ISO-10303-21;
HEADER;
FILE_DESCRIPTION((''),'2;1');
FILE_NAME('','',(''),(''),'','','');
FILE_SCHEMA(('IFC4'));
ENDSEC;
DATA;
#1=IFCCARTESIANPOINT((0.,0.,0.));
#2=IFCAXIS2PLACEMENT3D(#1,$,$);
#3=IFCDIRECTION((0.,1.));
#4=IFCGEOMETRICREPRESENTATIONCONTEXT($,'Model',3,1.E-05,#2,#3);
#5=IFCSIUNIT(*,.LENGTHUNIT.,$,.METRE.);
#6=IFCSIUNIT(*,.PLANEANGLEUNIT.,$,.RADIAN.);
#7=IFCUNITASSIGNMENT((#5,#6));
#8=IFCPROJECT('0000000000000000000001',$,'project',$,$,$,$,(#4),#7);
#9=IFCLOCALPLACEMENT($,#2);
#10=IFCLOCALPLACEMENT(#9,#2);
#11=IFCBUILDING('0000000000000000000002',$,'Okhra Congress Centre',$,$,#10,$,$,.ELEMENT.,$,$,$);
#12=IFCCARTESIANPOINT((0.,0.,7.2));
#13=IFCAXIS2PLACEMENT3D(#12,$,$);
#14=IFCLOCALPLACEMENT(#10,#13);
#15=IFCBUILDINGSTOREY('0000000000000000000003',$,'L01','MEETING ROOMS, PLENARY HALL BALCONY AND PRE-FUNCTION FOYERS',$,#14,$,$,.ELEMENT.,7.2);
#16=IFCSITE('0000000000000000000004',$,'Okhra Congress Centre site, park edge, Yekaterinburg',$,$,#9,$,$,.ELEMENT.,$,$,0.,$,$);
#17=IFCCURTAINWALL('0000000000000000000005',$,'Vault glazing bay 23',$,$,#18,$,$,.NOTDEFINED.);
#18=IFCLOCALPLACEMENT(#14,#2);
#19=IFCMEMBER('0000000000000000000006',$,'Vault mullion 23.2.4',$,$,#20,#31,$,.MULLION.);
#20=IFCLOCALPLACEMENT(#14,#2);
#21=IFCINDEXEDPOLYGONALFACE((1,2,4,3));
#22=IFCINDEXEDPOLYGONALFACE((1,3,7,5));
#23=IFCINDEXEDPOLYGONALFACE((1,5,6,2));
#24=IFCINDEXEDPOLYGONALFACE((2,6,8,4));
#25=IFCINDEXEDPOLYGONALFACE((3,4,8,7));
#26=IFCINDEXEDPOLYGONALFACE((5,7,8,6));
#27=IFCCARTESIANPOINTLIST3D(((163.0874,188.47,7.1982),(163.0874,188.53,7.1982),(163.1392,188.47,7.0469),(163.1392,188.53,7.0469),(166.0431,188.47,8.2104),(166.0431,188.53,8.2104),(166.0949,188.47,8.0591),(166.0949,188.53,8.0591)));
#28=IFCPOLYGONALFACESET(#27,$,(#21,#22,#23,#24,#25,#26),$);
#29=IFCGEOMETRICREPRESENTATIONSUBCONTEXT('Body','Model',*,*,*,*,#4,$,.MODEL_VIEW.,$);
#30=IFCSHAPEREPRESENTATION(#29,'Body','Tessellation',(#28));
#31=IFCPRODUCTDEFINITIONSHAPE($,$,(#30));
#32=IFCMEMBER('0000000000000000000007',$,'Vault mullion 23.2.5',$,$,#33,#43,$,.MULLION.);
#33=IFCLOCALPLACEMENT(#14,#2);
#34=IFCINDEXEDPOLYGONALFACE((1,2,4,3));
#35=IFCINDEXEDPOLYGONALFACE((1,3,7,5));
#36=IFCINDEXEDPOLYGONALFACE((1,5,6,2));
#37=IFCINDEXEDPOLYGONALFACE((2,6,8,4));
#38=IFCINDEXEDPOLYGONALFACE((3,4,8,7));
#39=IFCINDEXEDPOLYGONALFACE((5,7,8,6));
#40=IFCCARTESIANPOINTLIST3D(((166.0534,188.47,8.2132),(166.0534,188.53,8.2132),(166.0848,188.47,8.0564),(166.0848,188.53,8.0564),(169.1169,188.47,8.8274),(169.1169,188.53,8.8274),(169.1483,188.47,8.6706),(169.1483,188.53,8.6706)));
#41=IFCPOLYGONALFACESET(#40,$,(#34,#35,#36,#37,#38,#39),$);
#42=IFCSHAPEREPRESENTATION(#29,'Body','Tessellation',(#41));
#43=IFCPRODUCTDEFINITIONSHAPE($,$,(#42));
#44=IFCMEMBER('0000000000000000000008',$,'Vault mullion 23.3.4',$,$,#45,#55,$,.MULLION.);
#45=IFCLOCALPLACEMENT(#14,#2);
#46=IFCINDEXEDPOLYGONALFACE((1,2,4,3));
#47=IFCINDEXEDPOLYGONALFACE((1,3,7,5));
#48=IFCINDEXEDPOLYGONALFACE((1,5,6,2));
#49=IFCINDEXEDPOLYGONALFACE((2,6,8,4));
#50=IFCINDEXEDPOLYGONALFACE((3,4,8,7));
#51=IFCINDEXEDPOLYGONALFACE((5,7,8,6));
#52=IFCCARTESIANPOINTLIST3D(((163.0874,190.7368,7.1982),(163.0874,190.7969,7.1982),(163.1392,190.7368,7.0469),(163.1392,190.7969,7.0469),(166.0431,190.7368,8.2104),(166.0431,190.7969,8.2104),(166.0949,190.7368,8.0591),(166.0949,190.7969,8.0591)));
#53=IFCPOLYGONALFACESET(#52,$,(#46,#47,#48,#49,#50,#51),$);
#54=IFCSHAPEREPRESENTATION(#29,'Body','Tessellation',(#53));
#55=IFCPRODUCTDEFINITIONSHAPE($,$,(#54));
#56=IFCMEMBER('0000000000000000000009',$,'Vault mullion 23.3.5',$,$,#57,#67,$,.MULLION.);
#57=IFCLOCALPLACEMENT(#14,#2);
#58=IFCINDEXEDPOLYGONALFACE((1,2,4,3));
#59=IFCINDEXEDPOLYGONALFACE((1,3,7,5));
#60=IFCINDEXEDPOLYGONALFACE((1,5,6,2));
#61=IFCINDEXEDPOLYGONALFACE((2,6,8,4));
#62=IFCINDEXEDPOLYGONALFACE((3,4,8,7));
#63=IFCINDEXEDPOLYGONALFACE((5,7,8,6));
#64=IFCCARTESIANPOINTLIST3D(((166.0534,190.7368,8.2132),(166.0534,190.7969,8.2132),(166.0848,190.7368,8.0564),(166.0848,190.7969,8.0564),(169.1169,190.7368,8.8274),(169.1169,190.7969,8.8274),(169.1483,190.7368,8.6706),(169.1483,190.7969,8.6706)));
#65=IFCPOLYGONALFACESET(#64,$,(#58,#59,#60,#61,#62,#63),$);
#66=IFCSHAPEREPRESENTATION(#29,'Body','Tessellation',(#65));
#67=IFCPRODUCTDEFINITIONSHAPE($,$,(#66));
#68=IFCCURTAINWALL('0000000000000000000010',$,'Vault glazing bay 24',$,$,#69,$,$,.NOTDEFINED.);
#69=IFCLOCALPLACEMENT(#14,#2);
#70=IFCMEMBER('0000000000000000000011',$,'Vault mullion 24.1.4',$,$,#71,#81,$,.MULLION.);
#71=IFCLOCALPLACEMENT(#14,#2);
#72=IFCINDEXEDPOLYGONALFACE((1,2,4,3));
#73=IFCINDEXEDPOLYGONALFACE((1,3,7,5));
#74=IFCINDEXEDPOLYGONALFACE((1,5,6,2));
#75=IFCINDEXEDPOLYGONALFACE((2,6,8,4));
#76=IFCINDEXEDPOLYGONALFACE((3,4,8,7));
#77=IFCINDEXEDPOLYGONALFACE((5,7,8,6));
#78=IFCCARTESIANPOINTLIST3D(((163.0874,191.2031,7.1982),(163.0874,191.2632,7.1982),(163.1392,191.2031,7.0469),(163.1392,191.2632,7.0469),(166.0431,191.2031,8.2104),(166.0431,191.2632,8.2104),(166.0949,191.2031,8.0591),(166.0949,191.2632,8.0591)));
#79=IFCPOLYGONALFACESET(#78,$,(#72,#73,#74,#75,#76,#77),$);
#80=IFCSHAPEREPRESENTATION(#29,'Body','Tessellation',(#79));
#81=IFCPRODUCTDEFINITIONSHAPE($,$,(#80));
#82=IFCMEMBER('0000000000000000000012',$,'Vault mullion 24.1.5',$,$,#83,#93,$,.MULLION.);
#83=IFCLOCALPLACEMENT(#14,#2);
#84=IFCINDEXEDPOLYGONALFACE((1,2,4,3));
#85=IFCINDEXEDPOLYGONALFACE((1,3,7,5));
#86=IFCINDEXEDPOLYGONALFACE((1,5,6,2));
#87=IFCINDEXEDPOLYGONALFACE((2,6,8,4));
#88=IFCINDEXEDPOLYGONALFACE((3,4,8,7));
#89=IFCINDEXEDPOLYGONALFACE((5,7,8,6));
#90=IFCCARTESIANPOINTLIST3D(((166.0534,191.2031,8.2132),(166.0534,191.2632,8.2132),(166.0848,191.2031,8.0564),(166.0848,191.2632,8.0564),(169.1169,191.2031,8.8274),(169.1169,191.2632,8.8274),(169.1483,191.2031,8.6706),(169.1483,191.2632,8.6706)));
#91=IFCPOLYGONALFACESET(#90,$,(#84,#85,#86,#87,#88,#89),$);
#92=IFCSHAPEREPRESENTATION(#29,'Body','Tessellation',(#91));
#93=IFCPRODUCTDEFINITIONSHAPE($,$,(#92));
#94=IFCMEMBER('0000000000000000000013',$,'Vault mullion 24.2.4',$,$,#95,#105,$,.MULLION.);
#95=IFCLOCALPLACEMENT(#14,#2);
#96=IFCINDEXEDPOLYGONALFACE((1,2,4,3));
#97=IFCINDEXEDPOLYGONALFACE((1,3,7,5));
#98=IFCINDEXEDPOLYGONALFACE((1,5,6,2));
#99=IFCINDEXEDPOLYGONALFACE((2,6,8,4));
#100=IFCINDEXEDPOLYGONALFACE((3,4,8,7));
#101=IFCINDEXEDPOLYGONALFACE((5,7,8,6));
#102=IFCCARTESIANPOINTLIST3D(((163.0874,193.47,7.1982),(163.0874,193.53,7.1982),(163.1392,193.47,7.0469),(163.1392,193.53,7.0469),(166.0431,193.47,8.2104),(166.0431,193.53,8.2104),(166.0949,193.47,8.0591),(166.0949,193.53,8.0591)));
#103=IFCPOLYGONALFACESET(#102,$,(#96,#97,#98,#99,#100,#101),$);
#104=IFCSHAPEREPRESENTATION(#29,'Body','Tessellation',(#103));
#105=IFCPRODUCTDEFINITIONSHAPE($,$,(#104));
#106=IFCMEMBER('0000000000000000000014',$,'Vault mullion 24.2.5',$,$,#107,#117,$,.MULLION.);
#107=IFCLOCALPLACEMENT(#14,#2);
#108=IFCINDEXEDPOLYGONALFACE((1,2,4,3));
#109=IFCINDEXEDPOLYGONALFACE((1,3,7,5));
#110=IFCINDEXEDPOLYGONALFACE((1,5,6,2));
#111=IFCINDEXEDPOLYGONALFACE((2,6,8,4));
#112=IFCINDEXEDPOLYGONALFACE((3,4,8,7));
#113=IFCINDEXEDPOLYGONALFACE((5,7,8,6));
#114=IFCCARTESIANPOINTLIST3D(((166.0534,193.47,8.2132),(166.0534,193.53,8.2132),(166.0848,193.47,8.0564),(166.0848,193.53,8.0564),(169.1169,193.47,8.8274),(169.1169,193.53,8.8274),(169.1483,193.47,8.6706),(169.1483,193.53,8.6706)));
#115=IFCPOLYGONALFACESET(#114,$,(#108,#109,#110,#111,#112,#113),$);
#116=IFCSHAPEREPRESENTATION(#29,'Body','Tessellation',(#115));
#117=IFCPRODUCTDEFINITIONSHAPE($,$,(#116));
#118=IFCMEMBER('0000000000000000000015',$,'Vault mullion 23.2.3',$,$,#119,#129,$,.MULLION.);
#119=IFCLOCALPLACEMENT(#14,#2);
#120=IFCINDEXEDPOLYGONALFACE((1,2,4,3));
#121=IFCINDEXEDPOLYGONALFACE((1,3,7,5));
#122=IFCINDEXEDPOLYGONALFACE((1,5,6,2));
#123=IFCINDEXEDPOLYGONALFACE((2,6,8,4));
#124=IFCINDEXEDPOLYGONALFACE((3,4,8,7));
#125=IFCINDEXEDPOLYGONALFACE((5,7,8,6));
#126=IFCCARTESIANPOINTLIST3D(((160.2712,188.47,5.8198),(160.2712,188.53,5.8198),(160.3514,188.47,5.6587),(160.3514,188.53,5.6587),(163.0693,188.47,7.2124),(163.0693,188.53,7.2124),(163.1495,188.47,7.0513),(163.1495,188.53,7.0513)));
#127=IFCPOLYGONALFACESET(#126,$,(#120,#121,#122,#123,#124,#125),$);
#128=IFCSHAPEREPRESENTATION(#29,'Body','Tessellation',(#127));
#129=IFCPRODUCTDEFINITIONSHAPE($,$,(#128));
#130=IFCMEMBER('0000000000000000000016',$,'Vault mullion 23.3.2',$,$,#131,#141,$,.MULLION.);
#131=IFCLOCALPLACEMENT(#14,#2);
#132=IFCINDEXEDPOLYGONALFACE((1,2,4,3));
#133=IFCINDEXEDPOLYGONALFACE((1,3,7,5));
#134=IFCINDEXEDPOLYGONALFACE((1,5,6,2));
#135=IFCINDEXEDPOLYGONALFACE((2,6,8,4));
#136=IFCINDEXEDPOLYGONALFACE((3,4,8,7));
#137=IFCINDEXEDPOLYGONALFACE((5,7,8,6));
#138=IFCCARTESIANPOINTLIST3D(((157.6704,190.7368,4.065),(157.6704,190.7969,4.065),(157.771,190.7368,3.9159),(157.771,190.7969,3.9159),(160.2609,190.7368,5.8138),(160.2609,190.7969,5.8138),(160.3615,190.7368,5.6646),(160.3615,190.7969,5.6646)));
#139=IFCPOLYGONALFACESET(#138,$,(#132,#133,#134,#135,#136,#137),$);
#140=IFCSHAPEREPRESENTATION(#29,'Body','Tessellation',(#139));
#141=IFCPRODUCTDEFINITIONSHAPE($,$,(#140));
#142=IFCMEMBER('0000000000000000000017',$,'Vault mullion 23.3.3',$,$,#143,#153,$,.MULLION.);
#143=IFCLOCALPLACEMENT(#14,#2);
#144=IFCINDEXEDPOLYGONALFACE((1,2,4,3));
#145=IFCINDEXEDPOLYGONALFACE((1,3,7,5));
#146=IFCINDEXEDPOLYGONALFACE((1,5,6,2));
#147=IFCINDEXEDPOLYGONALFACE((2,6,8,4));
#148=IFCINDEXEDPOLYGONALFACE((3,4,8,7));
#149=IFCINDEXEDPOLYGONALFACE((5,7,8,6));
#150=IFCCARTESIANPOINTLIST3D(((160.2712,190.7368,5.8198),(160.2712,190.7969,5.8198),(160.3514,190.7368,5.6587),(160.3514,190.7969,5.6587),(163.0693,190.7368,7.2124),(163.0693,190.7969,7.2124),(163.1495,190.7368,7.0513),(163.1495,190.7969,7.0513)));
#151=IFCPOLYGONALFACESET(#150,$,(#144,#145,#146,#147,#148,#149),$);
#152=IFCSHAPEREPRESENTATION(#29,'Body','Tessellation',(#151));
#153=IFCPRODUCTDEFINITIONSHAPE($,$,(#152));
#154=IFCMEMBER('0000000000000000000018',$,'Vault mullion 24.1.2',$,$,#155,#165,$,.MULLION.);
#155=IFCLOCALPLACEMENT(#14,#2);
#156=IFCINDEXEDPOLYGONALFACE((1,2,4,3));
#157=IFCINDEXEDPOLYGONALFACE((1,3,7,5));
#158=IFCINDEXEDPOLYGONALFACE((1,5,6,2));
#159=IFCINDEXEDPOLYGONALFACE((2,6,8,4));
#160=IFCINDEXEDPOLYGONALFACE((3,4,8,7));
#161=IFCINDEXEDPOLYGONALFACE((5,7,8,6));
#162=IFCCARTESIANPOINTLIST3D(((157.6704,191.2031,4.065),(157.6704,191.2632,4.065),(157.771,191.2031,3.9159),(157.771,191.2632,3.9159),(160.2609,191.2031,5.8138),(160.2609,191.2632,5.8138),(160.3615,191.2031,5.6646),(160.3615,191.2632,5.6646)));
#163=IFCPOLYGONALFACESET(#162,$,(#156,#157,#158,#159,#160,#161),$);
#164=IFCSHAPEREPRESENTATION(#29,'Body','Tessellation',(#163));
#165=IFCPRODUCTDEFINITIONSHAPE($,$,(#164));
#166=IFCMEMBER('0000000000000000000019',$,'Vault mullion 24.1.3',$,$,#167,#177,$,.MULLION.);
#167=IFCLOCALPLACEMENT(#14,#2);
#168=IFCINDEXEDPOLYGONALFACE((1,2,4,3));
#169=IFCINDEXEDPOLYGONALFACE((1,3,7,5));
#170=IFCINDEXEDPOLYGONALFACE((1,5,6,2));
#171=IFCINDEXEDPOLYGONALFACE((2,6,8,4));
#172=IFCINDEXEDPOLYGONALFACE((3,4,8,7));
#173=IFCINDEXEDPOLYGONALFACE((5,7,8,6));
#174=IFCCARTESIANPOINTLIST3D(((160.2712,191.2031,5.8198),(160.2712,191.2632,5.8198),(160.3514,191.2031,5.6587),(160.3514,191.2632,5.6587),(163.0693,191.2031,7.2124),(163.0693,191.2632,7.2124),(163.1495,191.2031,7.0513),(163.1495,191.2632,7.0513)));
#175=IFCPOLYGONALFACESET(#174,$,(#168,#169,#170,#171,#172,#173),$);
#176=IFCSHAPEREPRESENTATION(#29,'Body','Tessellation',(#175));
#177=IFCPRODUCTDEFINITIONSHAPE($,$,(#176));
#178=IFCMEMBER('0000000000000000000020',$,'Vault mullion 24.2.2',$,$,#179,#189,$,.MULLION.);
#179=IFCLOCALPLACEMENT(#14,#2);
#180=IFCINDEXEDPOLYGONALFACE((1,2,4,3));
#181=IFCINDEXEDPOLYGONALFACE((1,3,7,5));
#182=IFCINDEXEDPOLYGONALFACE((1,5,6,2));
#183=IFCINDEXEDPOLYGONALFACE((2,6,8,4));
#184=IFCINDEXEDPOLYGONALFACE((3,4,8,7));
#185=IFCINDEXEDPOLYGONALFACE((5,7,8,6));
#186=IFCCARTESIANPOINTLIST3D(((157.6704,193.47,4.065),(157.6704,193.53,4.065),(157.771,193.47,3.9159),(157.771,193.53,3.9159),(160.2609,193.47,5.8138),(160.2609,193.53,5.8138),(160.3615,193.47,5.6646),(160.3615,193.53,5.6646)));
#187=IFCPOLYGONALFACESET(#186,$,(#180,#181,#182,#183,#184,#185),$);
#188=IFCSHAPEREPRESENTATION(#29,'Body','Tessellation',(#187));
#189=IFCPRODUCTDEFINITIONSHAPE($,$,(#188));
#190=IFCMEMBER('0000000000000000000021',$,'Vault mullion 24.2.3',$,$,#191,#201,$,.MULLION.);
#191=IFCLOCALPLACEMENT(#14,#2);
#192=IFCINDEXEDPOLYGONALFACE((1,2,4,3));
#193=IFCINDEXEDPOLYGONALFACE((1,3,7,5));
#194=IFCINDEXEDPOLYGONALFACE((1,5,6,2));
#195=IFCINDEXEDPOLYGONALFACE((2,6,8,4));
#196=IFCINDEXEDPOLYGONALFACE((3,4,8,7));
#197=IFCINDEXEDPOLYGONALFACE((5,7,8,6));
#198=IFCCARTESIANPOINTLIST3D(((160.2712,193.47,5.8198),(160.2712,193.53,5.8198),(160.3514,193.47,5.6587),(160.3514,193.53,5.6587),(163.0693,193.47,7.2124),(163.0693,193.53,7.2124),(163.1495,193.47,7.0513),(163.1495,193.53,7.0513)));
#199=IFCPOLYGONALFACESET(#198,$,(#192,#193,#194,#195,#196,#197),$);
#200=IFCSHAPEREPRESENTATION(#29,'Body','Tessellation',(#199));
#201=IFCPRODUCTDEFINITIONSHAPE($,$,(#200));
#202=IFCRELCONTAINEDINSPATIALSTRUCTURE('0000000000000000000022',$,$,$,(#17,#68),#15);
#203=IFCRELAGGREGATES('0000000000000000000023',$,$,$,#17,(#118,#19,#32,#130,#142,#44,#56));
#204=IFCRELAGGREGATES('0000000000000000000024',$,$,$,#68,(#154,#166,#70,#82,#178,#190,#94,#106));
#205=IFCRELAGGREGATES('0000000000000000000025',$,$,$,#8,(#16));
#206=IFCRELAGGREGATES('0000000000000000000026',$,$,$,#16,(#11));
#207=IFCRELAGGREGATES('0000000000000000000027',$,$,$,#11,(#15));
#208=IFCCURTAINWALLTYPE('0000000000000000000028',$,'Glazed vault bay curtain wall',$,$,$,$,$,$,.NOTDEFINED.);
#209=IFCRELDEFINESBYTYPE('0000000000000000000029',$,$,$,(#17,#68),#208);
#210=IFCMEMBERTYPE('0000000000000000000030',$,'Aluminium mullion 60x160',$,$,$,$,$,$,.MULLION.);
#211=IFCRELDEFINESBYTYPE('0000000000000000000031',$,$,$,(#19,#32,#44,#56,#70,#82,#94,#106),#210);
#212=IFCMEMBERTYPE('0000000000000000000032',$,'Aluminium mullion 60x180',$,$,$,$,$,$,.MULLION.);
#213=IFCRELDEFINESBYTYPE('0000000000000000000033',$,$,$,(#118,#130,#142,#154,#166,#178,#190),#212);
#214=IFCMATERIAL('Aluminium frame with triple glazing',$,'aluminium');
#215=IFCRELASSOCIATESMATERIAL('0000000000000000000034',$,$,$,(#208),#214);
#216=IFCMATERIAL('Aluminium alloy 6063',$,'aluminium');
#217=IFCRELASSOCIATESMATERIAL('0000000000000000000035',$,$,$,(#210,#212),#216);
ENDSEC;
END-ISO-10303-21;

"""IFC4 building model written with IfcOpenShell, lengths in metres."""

from ifc_helpers import new_model, si_unit, direction, frame, origin, origin_2d, place, context, subcontext, project, spatial, rectangle, extrude, material, material_profile, profile_set, type_object, element, aggregate, save


model = new_model("IFC4")

# Units and contexts
model_context = context("Model", 3, precision=1e-05, world=origin(), true_north=direction((0.0, 1.0)))
body_context = subcontext(model_context, "Body", "Model", "MODEL_VIEW")
ifc_project = project(units=[si_unit("LENGTHUNIT", "METRE"), si_unit("PLANEANGLEUNIT", "RADIAN")], contexts=[model_context])

# Site, building, storey
site_placement = place(None, origin())
site = spatial("IfcSite", under=ifc_project, at=site_placement, Name="Okhra Congress Centre site, park edge, Yekaterinburg", CompositionType="ELEMENT", RefElevation=0.0)
building_placement = place(site_placement, origin())
building = spatial("IfcBuilding", under=site, at=building_placement, Name="Okhra Congress Centre", CompositionType="ELEMENT")
storey_placement = place(building_placement, frame((0.0, 0.0, 7.2)))
storey = spatial("IfcBuildingStorey", under=building, at=storey_placement, Name="L01", Description="MEETING ROOMS, PLENARY HALL BALCONY AND PRE-FUNCTION FOYERS", CompositionType="ELEMENT", Elevation=7.2)

# Curtain walls, members
ifc_material_1 = material(Name="Aluminium frame with triple glazing", Category="aluminium")
curtain_wall_type = type_object("IfcCurtainWallType", Name="Glazed vault bay curtain wall", PredefinedType="NOTDEFINED", material=ifc_material_1)
curtain_wall_1_placement = place(storey_placement, origin())
curtain_wall_1 = element("IfcCurtainWall", 1, at=curtain_wall_1_placement, inside=storey, type_object=curtain_wall_type, Name="Vault glazing bay 23", PredefinedType="NOTDEFINED")
ifc_material_2 = material(Name="Aluminium alloy 6063", Category="aluminium")
ifc_material_profile_1 = material_profile(ifc_material_2, rectangle(XDim=0.0601, YDim=0.1599, at=origin_2d()), Name="AL 60x160")
ifc_profile_set_1 = profile_set([ifc_material_profile_1], Name="Aluminium alloy 6063")
member_type_1 = type_object("IfcMemberType", Name="Aluminium mullion 60x160", PredefinedType="MULLION", material=ifc_profile_set_1)
member_1_placement = place(storey_placement, frame((163.1133, 188.5, 7.1226), z_axis=(0.946065, 0.0, 0.323977), x_axis=(0.0, 1.0, 0.0)))
member_1 = element("IfcMember", 2, at=member_1_placement, type_object=member_type_1, Name="Vault mullion 23.2.4", PredefinedType="MULLION", context=body_context, shape_type="SweptSolid", body=[
    extrude(rectangle(XDim=0.0601, YDim=0.1599, at=origin_2d()), origin(), (0.0, 0.0, 1.0), 3.1243),
])
member_2_placement = place(storey_placement, frame((166.0691, 188.5, 8.1348), z_axis=(0.980484, 0.0, 0.196597), x_axis=(0.0, 1.0, 0.0)))
member_2 = element("IfcMember", 3, at=member_2_placement, type_object=member_type_1, Name="Vault mullion 23.2.5", PredefinedType="MULLION", context=body_context, shape_type="SweptSolid", body=[
    extrude(rectangle(XDim=0.0601, YDim=0.1599, at=origin_2d()), origin(), (0.0, 0.0, 1.0), 3.1245),
])
member_3_placement = place(storey_placement, frame((163.1133, 190.7668, 7.1226), z_axis=(0.946065, 0.0, 0.323977), x_axis=(0.0, 1.0, 0.0)))
member_3 = element("IfcMember", 4, at=member_3_placement, type_object=member_type_1, Name="Vault mullion 23.3.4", PredefinedType="MULLION", context=body_context, shape_type="SweptSolid", body=[
    extrude(rectangle(XDim=0.0601, YDim=0.1599, at=origin_2d()), origin(), (0.0, 0.0, 1.0), 3.1243),
])
member_4_placement = place(storey_placement, frame((166.0691, 190.7668, 8.1348), z_axis=(0.980484, 0.0, 0.196597), x_axis=(0.0, 1.0, 0.0)))
member_4 = element("IfcMember", 5, at=member_4_placement, type_object=member_type_1, Name="Vault mullion 23.3.5", PredefinedType="MULLION", context=body_context, shape_type="SweptSolid", body=[
    extrude(rectangle(XDim=0.0601, YDim=0.1599, at=origin_2d()), origin(), (0.0, 0.0, 1.0), 3.1245),
])
curtain_wall_2_placement = place(storey_placement, origin())
curtain_wall_2 = element("IfcCurtainWall", 6, at=curtain_wall_2_placement, inside=storey, type_object=curtain_wall_type, Name="Vault glazing bay 24", PredefinedType="NOTDEFINED")
member_5_placement = place(storey_placement, frame((163.1133, 191.2332, 7.1226), z_axis=(0.946065, 0.0, 0.323977), x_axis=(0.0, 1.0, 0.0)))
member_5 = element("IfcMember", 7, at=member_5_placement, type_object=member_type_1, Name="Vault mullion 24.1.4", PredefinedType="MULLION", context=body_context, shape_type="SweptSolid", body=[
    extrude(rectangle(XDim=0.0601, YDim=0.1599, at=origin_2d()), origin(), (0.0, 0.0, 1.0), 3.1243),
])
member_6_placement = place(storey_placement, frame((166.0691, 191.2332, 8.1348), z_axis=(0.980484, 0.0, 0.196597), x_axis=(0.0, 1.0, 0.0)))
member_6 = element("IfcMember", 8, at=member_6_placement, type_object=member_type_1, Name="Vault mullion 24.1.5", PredefinedType="MULLION", context=body_context, shape_type="SweptSolid", body=[
    extrude(rectangle(XDim=0.0601, YDim=0.1599, at=origin_2d()), origin(), (0.0, 0.0, 1.0), 3.1245),
])
member_7_placement = place(storey_placement, frame((163.1133, 193.5, 7.1226), z_axis=(0.946065, 0.0, 0.323977), x_axis=(0.0, 1.0, 0.0)))
member_7 = element("IfcMember", 9, at=member_7_placement, type_object=member_type_1, Name="Vault mullion 24.2.4", PredefinedType="MULLION", context=body_context, shape_type="SweptSolid", body=[
    extrude(rectangle(XDim=0.0601, YDim=0.1599, at=origin_2d()), origin(), (0.0, 0.0, 1.0), 3.1243),
])
member_8_placement = place(storey_placement, frame((166.0691, 193.5, 8.1348), z_axis=(0.980484, 0.0, 0.196597), x_axis=(0.0, 1.0, 0.0)))
member_8 = element("IfcMember", 10, at=member_8_placement, type_object=member_type_1, Name="Vault mullion 24.2.5", PredefinedType="MULLION", context=body_context, shape_type="SweptSolid", body=[
    extrude(rectangle(XDim=0.0601, YDim=0.1599, at=origin_2d()), origin(), (0.0, 0.0, 1.0), 3.1245),
])

# Members
ifc_material_profile_2 = material_profile(ifc_material_2, rectangle(XDim=0.0601, YDim=0.1799, at=origin_2d()), Name="AL 60x180")
ifc_profile_set_2 = profile_set([ifc_material_profile_2], Name="Aluminium alloy 6063")
member_type_2 = type_object("IfcMemberType", Name="Aluminium mullion 60x180", PredefinedType="MULLION", material=ifc_profile_set_2)
member_9_placement = place(storey_placement, frame((160.3113, 188.5, 5.7393), z_axis=(0.895254, 0.0, 0.445557), x_axis=(0.0, 1.0, 0.0)))
member_9 = element("IfcMember", 11, at=member_9_placement, type_object=member_type_2, Name="Vault mullion 23.2.3", PredefinedType="MULLION", context=body_context, shape_type="SweptSolid", body=[
    extrude(rectangle(XDim=0.0601, YDim=0.1799, at=origin_2d()), origin(), (0.0, 0.0, 1.0), 3.1255),
])
member_10_placement = place(storey_placement, frame((157.7207, 190.7668, 3.9905), z_axis=(0.828828, 0.0, 0.559504), x_axis=(0.0, 1.0, 0.0)))
member_10 = element("IfcMember", 12, at=member_10_placement, type_object=member_type_2, Name="Vault mullion 23.3.2", PredefinedType="MULLION", context=body_context, shape_type="SweptSolid", body=[
    extrude(rectangle(XDim=0.0601, YDim=0.1799, at=origin_2d()), origin(), (0.0, 0.0, 1.0), 3.1255),
])
member_11_placement = place(storey_placement, frame((160.3113, 190.7668, 5.7393), z_axis=(0.895254, 0.0, 0.445557), x_axis=(0.0, 1.0, 0.0)))
member_11 = element("IfcMember", 13, at=member_11_placement, type_object=member_type_2, Name="Vault mullion 23.3.3", PredefinedType="MULLION", context=body_context, shape_type="SweptSolid", body=[
    extrude(rectangle(XDim=0.0601, YDim=0.1799, at=origin_2d()), origin(), (0.0, 0.0, 1.0), 3.1255),
])
member_12_placement = place(storey_placement, frame((157.7207, 191.2332, 3.9905), z_axis=(0.828828, 0.0, 0.559504), x_axis=(0.0, 1.0, 0.0)))
member_12 = element("IfcMember", 14, at=member_12_placement, type_object=member_type_2, Name="Vault mullion 24.1.2", PredefinedType="MULLION", context=body_context, shape_type="SweptSolid", body=[
    extrude(rectangle(XDim=0.0601, YDim=0.1799, at=origin_2d()), origin(), (0.0, 0.0, 1.0), 3.1255),
])
member_13_placement = place(storey_placement, frame((160.3113, 191.2332, 5.7393), z_axis=(0.895254, 0.0, 0.445557), x_axis=(0.0, 1.0, 0.0)))
member_13 = element("IfcMember", 15, at=member_13_placement, type_object=member_type_2, Name="Vault mullion 24.1.3", PredefinedType="MULLION", context=body_context, shape_type="SweptSolid", body=[
    extrude(rectangle(XDim=0.0601, YDim=0.1799, at=origin_2d()), origin(), (0.0, 0.0, 1.0), 3.1255),
])
member_14_placement = place(storey_placement, frame((157.7207, 193.5, 3.9905), z_axis=(0.828828, 0.0, 0.559504), x_axis=(0.0, 1.0, 0.0)))
member_14 = element("IfcMember", 16, at=member_14_placement, type_object=member_type_2, Name="Vault mullion 24.2.2", PredefinedType="MULLION", context=body_context, shape_type="SweptSolid", body=[
    extrude(rectangle(XDim=0.0601, YDim=0.1799, at=origin_2d()), origin(), (0.0, 0.0, 1.0), 3.1255),
])
member_15_placement = place(storey_placement, frame((160.3113, 193.5, 5.7393), z_axis=(0.895254, 0.0, 0.445557), x_axis=(0.0, 1.0, 0.0)))
member_15 = element("IfcMember", 17, at=member_15_placement, type_object=member_type_2, Name="Vault mullion 24.2.3", PredefinedType="MULLION", context=body_context, shape_type="SweptSolid", body=[
    extrude(rectangle(XDim=0.0601, YDim=0.1799, at=origin_2d()), origin(), (0.0, 0.0, 1.0), 3.1255),
])

aggregate(curtain_wall_1, [member_9, member_1, member_2, member_10, member_11, member_3, member_4])
aggregate(curtain_wall_2, [member_12, member_13, member_5, member_6, member_14, member_15, member_7, member_8])

save(model, "model.ifc")
